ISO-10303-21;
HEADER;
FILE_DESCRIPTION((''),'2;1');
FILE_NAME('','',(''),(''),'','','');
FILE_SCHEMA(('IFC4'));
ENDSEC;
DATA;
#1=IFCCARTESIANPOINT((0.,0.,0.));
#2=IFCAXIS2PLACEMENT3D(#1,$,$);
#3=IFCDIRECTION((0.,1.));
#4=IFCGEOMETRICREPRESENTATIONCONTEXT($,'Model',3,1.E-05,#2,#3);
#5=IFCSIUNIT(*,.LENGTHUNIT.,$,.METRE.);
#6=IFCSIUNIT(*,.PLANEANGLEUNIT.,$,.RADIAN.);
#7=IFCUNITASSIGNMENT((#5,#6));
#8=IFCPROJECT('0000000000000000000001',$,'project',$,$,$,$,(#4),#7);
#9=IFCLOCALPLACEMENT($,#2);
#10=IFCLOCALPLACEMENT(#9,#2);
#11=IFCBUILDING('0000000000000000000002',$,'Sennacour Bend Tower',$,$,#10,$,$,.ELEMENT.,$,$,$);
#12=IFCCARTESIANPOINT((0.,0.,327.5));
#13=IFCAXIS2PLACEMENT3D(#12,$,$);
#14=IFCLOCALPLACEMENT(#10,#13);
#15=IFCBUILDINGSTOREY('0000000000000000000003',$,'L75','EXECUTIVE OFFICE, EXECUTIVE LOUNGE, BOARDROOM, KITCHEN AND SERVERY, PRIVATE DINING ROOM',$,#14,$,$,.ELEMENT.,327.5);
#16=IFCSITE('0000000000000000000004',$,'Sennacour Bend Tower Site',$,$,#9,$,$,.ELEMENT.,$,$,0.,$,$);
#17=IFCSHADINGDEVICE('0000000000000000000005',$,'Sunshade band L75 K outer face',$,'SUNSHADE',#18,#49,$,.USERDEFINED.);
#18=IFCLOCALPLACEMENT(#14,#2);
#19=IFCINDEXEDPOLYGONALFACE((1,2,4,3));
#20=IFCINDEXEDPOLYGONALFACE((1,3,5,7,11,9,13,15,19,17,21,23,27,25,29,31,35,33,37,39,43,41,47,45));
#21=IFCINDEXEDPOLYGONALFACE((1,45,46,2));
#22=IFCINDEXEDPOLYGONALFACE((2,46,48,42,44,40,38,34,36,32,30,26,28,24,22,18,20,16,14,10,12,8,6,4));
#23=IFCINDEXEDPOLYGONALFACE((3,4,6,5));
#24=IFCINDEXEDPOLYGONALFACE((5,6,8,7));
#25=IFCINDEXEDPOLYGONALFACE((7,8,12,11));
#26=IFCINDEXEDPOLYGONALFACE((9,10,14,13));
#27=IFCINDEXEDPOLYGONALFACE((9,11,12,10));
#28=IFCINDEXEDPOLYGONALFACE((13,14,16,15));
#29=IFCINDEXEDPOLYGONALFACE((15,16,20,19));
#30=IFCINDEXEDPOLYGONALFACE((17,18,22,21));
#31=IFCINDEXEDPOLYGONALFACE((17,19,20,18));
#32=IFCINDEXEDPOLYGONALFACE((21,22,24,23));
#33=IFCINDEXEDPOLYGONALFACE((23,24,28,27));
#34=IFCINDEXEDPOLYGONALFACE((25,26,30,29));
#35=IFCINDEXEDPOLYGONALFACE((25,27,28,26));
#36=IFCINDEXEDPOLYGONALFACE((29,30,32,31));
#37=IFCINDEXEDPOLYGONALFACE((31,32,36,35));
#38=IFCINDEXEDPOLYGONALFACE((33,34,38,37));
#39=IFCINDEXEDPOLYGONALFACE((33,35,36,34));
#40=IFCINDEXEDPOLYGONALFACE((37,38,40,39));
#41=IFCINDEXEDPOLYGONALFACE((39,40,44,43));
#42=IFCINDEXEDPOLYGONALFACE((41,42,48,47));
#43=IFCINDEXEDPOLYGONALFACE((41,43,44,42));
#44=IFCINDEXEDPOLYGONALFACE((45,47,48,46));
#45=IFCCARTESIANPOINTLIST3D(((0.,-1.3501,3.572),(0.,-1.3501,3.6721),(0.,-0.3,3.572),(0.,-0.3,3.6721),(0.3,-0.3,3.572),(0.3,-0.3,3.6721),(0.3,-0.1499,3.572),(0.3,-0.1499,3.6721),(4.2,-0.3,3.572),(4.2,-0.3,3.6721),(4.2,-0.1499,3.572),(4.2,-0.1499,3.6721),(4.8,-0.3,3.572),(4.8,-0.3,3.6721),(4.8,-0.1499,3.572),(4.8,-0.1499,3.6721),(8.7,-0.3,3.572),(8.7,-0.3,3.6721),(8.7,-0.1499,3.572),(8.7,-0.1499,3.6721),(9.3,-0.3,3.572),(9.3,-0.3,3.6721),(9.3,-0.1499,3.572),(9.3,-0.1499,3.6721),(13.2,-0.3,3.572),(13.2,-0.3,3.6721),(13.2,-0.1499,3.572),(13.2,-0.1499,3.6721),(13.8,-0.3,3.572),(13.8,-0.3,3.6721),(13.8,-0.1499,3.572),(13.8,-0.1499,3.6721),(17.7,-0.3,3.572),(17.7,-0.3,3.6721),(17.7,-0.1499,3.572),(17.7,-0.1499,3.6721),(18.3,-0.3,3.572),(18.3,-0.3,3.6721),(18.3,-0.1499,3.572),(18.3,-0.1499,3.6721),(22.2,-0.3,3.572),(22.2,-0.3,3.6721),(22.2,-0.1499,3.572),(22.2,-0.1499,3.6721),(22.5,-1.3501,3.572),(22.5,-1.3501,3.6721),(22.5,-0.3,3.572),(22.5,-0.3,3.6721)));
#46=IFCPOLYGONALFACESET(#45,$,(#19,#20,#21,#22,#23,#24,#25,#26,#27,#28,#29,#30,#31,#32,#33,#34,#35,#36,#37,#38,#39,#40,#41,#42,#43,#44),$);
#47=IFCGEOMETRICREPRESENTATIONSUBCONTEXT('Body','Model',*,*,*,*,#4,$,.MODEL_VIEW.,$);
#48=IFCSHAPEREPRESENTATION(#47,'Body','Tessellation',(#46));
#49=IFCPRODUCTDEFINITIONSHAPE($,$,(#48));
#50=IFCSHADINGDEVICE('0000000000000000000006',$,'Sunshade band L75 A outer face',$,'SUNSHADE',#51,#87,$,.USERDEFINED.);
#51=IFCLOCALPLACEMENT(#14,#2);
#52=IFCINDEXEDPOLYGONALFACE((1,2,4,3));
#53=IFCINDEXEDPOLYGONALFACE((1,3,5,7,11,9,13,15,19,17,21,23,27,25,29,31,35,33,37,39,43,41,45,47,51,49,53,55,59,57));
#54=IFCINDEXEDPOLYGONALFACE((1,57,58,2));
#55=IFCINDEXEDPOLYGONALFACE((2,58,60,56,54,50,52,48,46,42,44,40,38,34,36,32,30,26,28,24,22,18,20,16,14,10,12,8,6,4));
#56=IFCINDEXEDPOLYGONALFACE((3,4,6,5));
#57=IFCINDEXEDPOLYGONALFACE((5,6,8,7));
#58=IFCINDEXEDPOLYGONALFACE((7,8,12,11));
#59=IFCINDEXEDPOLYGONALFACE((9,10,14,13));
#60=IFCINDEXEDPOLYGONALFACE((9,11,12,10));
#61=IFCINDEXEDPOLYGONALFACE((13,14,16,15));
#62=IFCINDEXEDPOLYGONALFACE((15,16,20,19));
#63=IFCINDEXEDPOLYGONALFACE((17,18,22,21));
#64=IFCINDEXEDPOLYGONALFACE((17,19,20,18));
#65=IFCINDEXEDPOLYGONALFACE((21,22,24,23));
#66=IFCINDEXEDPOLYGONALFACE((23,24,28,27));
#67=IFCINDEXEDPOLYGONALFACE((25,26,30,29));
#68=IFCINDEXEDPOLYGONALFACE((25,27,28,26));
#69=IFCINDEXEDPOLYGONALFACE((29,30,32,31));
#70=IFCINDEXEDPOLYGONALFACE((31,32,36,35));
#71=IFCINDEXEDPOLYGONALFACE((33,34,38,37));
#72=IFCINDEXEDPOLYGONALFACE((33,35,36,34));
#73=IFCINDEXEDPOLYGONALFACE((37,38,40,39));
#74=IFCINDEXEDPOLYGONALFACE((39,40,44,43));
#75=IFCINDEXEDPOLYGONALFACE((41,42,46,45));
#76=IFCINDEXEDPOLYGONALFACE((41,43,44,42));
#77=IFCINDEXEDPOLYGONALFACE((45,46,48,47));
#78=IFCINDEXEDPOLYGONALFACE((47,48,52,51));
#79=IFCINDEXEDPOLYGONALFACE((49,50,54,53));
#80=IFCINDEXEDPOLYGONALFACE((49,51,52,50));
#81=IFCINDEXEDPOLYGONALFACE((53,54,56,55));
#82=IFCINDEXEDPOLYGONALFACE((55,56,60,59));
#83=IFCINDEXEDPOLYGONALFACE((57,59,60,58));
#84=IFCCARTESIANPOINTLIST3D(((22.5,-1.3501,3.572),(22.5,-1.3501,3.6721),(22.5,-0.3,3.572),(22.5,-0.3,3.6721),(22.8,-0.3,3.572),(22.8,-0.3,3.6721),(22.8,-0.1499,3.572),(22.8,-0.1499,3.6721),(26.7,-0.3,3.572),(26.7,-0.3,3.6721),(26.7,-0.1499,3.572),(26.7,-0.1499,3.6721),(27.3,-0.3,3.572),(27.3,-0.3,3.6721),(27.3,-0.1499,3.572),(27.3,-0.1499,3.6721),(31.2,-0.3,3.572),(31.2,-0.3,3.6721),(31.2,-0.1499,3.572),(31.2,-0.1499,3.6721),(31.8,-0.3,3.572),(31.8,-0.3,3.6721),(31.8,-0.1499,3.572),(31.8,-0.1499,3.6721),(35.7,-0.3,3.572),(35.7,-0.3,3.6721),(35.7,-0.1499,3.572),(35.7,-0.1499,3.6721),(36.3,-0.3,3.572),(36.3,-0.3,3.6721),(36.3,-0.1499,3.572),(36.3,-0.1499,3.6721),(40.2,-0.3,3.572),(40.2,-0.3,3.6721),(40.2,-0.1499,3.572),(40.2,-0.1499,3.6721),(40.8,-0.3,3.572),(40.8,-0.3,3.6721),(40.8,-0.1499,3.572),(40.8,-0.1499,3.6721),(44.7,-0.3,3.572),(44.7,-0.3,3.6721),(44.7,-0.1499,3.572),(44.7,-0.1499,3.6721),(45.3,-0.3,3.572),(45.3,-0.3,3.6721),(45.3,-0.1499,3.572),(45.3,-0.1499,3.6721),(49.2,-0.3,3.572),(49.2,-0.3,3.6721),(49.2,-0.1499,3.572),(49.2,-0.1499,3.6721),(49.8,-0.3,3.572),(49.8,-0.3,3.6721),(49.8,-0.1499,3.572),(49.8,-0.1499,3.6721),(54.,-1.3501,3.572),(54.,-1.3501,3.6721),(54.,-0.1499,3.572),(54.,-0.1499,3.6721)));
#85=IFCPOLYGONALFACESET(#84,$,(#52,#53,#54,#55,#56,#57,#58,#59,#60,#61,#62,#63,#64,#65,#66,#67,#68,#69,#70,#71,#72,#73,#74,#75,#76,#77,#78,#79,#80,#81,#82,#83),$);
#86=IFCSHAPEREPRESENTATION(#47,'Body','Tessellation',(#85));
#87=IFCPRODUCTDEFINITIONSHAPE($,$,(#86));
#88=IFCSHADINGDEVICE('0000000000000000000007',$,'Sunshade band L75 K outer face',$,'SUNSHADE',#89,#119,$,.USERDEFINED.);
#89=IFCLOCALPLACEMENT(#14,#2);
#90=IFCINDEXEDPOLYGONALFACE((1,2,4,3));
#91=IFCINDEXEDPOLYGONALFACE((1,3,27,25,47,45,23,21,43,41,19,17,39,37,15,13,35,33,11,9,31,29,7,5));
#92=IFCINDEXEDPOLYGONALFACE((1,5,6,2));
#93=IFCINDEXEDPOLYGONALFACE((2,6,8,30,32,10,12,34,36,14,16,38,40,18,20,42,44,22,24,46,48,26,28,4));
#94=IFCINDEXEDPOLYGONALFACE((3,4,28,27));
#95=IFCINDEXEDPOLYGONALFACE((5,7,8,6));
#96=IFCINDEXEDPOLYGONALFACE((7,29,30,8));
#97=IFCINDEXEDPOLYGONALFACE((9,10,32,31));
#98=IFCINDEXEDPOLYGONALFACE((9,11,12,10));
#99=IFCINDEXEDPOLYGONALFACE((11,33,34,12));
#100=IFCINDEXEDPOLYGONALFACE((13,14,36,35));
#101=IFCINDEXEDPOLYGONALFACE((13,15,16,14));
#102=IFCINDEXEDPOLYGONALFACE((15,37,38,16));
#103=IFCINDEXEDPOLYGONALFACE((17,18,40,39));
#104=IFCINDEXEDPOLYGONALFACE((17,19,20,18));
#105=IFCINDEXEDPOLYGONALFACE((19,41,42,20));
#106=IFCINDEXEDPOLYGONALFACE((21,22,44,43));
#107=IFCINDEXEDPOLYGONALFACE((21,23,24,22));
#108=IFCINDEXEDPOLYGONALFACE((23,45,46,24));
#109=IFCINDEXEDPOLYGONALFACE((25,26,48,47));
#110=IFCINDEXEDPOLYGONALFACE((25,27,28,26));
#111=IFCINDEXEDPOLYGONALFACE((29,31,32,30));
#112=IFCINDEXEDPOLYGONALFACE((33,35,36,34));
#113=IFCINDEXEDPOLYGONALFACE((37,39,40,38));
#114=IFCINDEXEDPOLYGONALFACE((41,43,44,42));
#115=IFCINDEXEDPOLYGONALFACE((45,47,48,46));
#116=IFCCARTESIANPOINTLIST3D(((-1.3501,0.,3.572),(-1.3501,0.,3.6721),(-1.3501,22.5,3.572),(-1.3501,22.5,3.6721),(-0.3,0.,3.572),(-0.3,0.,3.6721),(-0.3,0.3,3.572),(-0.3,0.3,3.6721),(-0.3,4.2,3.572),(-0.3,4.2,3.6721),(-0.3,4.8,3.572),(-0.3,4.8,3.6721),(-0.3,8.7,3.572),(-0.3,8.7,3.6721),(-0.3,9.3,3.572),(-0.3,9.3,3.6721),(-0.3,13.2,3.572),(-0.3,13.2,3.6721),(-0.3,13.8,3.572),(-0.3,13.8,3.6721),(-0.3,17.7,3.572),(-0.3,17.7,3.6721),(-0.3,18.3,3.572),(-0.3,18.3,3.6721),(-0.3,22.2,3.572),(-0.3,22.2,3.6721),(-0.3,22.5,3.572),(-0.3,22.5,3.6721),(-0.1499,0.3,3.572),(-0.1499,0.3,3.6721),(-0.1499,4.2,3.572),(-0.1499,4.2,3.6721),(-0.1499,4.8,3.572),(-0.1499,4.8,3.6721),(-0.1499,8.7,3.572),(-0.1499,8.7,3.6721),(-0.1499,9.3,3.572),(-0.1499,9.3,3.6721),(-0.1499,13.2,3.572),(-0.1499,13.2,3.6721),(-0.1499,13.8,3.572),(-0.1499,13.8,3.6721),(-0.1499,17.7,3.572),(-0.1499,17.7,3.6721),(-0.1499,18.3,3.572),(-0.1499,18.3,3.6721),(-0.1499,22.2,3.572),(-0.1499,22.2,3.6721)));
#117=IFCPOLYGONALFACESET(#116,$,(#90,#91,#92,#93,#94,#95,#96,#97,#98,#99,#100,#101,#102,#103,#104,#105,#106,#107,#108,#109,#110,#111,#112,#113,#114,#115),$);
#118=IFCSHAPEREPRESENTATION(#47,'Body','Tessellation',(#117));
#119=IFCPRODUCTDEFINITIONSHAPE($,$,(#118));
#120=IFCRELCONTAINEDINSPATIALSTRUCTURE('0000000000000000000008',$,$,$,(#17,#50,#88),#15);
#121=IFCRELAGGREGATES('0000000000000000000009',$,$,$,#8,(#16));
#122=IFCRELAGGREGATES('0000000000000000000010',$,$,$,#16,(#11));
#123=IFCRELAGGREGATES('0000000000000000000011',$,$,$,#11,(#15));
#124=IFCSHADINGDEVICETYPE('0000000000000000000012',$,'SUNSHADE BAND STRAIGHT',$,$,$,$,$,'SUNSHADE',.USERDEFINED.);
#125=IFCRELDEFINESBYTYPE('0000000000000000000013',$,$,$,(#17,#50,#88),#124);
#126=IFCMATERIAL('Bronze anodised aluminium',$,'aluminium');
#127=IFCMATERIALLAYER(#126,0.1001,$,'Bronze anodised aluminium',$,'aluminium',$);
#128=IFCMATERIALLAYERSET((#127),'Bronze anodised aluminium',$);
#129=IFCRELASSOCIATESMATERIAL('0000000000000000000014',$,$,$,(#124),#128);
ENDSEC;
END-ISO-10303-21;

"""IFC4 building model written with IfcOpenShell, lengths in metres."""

from ifc_helpers import new_model, si_unit, direction, frame, origin, place, context, subcontext, project, spatial, polyline, outline, extrude, material, layer, layer_set, type_object, element, save


model = new_model("IFC4")

# Units and contexts
model_context = context("Model", 3, precision=1e-05, world=origin(), true_north=direction((0.0, 1.0)))
body_context = subcontext(model_context, "Body", "Model", "MODEL_VIEW")
ifc_project = project(units=[si_unit("LENGTHUNIT", "METRE"), si_unit("PLANEANGLEUNIT", "RADIAN")], contexts=[model_context])

# Site, building, storey
site_placement = place(None, origin())
site = spatial("IfcSite", under=ifc_project, at=site_placement, Name="Sennacour Bend Tower Site", CompositionType="ELEMENT", RefElevation=0.0)
building_placement = place(site_placement, origin())
building = spatial("IfcBuilding", under=site, at=building_placement, Name="Sennacour Bend Tower", CompositionType="ELEMENT")
storey_placement = place(building_placement, frame((0.0, 0.0, 327.5)))
storey = spatial("IfcBuildingStorey", under=building, at=storey_placement, Name="L75", Description="EXECUTIVE OFFICE, EXECUTIVE LOUNGE, BOARDROOM, KITCHEN AND SERVERY, PRIVATE DINING ROOM", CompositionType="ELEMENT", Elevation=327.5)

# Shading devices
ifc_material_1 = material(Name="Bronze anodised aluminium", Category="aluminium")
ifc_layer_1 = layer(ifc_material_1, 0.1001, Name="Bronze anodised aluminium", Category="aluminium")
ifc_layer_set_1 = layer_set([ifc_layer_1], Name="Bronze anodised aluminium")
shading_device_type_1 = type_object("IfcShadingDeviceType", Name="SUNSHADE BAND STRAIGHT", ElementType="SUNSHADE", PredefinedType="USERDEFINED", material=ifc_layer_set_1)
shading_device_1_placement = place(storey_placement, frame((0.0, 0.0, 3.572)))
element("IfcShadingDevice", 1, at=shading_device_1_placement, inside=storey, type_object=shading_device_type_1, Name="Sunshade band L75 K outer face", ObjectType="SUNSHADE", PredefinedType="USERDEFINED", context=body_context, shape_type="SweptSolid", body=[
    extrude(outline(polyline([(4.2, -0.1499), (4.2, -0.3), (4.8, -0.3), (4.8, -0.1499), (8.7, -0.1499), (8.7, -0.3), (9.3, -0.3), (9.3, -0.1499), (13.2, -0.1499), (13.2, -0.3), (13.8, -0.3), (13.8, -0.1499), (17.7, -0.1499), (17.7, -0.3), (18.3, -0.3), (18.3, -0.1499), (22.2, -0.1499), (22.2, -0.3), (22.5, -0.3), (22.5, -1.3501), (0.0, -1.3501), (0.0, -0.3), (0.3, -0.3), (0.3, -0.1499), (4.2, -0.1499)])), origin(), (0.0, 0.0, 1.0), 0.1001),
])
shading_device_2_placement = place(storey_placement, frame((0.0, 0.0, 3.572)))
element("IfcShadingDevice", 2, at=shading_device_2_placement, inside=storey, type_object=shading_device_type_1, Name="Sunshade band L75 A outer face", ObjectType="SUNSHADE", PredefinedType="USERDEFINED", context=body_context, shape_type="SweptSolid", body=[
    extrude(outline(polyline([(26.7, -0.1499), (26.7, -0.3), (27.3, -0.3), (27.3, -0.1499), (31.2, -0.1499), (31.2, -0.3), (31.8, -0.3), (31.8, -0.1499), (35.7, -0.1499), (35.7, -0.3), (36.3, -0.3), (36.3, -0.1499), (40.2, -0.1499), (40.2, -0.3), (40.8, -0.3), (40.8, -0.1499), (44.7, -0.1499), (44.7, -0.3), (45.3, -0.3), (45.3, -0.1499), (49.2, -0.1499), (49.2, -0.3), (49.8, -0.3), (49.8, -0.1499), (54.0, -0.1499), (54.0, -1.3501), (22.5, -1.3501), (22.5, -0.3), (22.8, -0.3), (22.8, -0.1499), (26.7, -0.1499)])), origin(), (0.0, 0.0, 1.0), 0.1001),
])
shading_device_3_placement = place(storey_placement, frame((0.0, 0.0, 3.572)))
element("IfcShadingDevice", 3, at=shading_device_3_placement, inside=storey, type_object=shading_device_type_1, Name="Sunshade band L75 K outer face", ObjectType="SUNSHADE", PredefinedType="USERDEFINED", context=body_context, shape_type="SweptSolid", body=[
    extrude(outline(polyline([(-0.1499, 18.3), (-0.3, 18.3), (-0.3, 17.7), (-0.1499, 17.7), (-0.1499, 13.8), (-0.3, 13.8), (-0.3, 13.2), (-0.1499, 13.2), (-0.1499, 9.3), (-0.3, 9.3), (-0.3, 8.7), (-0.1499, 8.7), (-0.1499, 4.8), (-0.3, 4.8), (-0.3, 4.2), (-0.1499, 4.2), (-0.1499, 0.3), (-0.3, 0.3), (-0.3, 0.0), (-1.3501, 0.0), (-1.3501, 22.5), (-0.3, 22.5), (-0.3, 22.2), (-0.1499, 22.2), (-0.1499, 18.3)])), origin(), (0.0, 0.0, 1.0), 0.1001),
])

save(model, "model.ifc")
